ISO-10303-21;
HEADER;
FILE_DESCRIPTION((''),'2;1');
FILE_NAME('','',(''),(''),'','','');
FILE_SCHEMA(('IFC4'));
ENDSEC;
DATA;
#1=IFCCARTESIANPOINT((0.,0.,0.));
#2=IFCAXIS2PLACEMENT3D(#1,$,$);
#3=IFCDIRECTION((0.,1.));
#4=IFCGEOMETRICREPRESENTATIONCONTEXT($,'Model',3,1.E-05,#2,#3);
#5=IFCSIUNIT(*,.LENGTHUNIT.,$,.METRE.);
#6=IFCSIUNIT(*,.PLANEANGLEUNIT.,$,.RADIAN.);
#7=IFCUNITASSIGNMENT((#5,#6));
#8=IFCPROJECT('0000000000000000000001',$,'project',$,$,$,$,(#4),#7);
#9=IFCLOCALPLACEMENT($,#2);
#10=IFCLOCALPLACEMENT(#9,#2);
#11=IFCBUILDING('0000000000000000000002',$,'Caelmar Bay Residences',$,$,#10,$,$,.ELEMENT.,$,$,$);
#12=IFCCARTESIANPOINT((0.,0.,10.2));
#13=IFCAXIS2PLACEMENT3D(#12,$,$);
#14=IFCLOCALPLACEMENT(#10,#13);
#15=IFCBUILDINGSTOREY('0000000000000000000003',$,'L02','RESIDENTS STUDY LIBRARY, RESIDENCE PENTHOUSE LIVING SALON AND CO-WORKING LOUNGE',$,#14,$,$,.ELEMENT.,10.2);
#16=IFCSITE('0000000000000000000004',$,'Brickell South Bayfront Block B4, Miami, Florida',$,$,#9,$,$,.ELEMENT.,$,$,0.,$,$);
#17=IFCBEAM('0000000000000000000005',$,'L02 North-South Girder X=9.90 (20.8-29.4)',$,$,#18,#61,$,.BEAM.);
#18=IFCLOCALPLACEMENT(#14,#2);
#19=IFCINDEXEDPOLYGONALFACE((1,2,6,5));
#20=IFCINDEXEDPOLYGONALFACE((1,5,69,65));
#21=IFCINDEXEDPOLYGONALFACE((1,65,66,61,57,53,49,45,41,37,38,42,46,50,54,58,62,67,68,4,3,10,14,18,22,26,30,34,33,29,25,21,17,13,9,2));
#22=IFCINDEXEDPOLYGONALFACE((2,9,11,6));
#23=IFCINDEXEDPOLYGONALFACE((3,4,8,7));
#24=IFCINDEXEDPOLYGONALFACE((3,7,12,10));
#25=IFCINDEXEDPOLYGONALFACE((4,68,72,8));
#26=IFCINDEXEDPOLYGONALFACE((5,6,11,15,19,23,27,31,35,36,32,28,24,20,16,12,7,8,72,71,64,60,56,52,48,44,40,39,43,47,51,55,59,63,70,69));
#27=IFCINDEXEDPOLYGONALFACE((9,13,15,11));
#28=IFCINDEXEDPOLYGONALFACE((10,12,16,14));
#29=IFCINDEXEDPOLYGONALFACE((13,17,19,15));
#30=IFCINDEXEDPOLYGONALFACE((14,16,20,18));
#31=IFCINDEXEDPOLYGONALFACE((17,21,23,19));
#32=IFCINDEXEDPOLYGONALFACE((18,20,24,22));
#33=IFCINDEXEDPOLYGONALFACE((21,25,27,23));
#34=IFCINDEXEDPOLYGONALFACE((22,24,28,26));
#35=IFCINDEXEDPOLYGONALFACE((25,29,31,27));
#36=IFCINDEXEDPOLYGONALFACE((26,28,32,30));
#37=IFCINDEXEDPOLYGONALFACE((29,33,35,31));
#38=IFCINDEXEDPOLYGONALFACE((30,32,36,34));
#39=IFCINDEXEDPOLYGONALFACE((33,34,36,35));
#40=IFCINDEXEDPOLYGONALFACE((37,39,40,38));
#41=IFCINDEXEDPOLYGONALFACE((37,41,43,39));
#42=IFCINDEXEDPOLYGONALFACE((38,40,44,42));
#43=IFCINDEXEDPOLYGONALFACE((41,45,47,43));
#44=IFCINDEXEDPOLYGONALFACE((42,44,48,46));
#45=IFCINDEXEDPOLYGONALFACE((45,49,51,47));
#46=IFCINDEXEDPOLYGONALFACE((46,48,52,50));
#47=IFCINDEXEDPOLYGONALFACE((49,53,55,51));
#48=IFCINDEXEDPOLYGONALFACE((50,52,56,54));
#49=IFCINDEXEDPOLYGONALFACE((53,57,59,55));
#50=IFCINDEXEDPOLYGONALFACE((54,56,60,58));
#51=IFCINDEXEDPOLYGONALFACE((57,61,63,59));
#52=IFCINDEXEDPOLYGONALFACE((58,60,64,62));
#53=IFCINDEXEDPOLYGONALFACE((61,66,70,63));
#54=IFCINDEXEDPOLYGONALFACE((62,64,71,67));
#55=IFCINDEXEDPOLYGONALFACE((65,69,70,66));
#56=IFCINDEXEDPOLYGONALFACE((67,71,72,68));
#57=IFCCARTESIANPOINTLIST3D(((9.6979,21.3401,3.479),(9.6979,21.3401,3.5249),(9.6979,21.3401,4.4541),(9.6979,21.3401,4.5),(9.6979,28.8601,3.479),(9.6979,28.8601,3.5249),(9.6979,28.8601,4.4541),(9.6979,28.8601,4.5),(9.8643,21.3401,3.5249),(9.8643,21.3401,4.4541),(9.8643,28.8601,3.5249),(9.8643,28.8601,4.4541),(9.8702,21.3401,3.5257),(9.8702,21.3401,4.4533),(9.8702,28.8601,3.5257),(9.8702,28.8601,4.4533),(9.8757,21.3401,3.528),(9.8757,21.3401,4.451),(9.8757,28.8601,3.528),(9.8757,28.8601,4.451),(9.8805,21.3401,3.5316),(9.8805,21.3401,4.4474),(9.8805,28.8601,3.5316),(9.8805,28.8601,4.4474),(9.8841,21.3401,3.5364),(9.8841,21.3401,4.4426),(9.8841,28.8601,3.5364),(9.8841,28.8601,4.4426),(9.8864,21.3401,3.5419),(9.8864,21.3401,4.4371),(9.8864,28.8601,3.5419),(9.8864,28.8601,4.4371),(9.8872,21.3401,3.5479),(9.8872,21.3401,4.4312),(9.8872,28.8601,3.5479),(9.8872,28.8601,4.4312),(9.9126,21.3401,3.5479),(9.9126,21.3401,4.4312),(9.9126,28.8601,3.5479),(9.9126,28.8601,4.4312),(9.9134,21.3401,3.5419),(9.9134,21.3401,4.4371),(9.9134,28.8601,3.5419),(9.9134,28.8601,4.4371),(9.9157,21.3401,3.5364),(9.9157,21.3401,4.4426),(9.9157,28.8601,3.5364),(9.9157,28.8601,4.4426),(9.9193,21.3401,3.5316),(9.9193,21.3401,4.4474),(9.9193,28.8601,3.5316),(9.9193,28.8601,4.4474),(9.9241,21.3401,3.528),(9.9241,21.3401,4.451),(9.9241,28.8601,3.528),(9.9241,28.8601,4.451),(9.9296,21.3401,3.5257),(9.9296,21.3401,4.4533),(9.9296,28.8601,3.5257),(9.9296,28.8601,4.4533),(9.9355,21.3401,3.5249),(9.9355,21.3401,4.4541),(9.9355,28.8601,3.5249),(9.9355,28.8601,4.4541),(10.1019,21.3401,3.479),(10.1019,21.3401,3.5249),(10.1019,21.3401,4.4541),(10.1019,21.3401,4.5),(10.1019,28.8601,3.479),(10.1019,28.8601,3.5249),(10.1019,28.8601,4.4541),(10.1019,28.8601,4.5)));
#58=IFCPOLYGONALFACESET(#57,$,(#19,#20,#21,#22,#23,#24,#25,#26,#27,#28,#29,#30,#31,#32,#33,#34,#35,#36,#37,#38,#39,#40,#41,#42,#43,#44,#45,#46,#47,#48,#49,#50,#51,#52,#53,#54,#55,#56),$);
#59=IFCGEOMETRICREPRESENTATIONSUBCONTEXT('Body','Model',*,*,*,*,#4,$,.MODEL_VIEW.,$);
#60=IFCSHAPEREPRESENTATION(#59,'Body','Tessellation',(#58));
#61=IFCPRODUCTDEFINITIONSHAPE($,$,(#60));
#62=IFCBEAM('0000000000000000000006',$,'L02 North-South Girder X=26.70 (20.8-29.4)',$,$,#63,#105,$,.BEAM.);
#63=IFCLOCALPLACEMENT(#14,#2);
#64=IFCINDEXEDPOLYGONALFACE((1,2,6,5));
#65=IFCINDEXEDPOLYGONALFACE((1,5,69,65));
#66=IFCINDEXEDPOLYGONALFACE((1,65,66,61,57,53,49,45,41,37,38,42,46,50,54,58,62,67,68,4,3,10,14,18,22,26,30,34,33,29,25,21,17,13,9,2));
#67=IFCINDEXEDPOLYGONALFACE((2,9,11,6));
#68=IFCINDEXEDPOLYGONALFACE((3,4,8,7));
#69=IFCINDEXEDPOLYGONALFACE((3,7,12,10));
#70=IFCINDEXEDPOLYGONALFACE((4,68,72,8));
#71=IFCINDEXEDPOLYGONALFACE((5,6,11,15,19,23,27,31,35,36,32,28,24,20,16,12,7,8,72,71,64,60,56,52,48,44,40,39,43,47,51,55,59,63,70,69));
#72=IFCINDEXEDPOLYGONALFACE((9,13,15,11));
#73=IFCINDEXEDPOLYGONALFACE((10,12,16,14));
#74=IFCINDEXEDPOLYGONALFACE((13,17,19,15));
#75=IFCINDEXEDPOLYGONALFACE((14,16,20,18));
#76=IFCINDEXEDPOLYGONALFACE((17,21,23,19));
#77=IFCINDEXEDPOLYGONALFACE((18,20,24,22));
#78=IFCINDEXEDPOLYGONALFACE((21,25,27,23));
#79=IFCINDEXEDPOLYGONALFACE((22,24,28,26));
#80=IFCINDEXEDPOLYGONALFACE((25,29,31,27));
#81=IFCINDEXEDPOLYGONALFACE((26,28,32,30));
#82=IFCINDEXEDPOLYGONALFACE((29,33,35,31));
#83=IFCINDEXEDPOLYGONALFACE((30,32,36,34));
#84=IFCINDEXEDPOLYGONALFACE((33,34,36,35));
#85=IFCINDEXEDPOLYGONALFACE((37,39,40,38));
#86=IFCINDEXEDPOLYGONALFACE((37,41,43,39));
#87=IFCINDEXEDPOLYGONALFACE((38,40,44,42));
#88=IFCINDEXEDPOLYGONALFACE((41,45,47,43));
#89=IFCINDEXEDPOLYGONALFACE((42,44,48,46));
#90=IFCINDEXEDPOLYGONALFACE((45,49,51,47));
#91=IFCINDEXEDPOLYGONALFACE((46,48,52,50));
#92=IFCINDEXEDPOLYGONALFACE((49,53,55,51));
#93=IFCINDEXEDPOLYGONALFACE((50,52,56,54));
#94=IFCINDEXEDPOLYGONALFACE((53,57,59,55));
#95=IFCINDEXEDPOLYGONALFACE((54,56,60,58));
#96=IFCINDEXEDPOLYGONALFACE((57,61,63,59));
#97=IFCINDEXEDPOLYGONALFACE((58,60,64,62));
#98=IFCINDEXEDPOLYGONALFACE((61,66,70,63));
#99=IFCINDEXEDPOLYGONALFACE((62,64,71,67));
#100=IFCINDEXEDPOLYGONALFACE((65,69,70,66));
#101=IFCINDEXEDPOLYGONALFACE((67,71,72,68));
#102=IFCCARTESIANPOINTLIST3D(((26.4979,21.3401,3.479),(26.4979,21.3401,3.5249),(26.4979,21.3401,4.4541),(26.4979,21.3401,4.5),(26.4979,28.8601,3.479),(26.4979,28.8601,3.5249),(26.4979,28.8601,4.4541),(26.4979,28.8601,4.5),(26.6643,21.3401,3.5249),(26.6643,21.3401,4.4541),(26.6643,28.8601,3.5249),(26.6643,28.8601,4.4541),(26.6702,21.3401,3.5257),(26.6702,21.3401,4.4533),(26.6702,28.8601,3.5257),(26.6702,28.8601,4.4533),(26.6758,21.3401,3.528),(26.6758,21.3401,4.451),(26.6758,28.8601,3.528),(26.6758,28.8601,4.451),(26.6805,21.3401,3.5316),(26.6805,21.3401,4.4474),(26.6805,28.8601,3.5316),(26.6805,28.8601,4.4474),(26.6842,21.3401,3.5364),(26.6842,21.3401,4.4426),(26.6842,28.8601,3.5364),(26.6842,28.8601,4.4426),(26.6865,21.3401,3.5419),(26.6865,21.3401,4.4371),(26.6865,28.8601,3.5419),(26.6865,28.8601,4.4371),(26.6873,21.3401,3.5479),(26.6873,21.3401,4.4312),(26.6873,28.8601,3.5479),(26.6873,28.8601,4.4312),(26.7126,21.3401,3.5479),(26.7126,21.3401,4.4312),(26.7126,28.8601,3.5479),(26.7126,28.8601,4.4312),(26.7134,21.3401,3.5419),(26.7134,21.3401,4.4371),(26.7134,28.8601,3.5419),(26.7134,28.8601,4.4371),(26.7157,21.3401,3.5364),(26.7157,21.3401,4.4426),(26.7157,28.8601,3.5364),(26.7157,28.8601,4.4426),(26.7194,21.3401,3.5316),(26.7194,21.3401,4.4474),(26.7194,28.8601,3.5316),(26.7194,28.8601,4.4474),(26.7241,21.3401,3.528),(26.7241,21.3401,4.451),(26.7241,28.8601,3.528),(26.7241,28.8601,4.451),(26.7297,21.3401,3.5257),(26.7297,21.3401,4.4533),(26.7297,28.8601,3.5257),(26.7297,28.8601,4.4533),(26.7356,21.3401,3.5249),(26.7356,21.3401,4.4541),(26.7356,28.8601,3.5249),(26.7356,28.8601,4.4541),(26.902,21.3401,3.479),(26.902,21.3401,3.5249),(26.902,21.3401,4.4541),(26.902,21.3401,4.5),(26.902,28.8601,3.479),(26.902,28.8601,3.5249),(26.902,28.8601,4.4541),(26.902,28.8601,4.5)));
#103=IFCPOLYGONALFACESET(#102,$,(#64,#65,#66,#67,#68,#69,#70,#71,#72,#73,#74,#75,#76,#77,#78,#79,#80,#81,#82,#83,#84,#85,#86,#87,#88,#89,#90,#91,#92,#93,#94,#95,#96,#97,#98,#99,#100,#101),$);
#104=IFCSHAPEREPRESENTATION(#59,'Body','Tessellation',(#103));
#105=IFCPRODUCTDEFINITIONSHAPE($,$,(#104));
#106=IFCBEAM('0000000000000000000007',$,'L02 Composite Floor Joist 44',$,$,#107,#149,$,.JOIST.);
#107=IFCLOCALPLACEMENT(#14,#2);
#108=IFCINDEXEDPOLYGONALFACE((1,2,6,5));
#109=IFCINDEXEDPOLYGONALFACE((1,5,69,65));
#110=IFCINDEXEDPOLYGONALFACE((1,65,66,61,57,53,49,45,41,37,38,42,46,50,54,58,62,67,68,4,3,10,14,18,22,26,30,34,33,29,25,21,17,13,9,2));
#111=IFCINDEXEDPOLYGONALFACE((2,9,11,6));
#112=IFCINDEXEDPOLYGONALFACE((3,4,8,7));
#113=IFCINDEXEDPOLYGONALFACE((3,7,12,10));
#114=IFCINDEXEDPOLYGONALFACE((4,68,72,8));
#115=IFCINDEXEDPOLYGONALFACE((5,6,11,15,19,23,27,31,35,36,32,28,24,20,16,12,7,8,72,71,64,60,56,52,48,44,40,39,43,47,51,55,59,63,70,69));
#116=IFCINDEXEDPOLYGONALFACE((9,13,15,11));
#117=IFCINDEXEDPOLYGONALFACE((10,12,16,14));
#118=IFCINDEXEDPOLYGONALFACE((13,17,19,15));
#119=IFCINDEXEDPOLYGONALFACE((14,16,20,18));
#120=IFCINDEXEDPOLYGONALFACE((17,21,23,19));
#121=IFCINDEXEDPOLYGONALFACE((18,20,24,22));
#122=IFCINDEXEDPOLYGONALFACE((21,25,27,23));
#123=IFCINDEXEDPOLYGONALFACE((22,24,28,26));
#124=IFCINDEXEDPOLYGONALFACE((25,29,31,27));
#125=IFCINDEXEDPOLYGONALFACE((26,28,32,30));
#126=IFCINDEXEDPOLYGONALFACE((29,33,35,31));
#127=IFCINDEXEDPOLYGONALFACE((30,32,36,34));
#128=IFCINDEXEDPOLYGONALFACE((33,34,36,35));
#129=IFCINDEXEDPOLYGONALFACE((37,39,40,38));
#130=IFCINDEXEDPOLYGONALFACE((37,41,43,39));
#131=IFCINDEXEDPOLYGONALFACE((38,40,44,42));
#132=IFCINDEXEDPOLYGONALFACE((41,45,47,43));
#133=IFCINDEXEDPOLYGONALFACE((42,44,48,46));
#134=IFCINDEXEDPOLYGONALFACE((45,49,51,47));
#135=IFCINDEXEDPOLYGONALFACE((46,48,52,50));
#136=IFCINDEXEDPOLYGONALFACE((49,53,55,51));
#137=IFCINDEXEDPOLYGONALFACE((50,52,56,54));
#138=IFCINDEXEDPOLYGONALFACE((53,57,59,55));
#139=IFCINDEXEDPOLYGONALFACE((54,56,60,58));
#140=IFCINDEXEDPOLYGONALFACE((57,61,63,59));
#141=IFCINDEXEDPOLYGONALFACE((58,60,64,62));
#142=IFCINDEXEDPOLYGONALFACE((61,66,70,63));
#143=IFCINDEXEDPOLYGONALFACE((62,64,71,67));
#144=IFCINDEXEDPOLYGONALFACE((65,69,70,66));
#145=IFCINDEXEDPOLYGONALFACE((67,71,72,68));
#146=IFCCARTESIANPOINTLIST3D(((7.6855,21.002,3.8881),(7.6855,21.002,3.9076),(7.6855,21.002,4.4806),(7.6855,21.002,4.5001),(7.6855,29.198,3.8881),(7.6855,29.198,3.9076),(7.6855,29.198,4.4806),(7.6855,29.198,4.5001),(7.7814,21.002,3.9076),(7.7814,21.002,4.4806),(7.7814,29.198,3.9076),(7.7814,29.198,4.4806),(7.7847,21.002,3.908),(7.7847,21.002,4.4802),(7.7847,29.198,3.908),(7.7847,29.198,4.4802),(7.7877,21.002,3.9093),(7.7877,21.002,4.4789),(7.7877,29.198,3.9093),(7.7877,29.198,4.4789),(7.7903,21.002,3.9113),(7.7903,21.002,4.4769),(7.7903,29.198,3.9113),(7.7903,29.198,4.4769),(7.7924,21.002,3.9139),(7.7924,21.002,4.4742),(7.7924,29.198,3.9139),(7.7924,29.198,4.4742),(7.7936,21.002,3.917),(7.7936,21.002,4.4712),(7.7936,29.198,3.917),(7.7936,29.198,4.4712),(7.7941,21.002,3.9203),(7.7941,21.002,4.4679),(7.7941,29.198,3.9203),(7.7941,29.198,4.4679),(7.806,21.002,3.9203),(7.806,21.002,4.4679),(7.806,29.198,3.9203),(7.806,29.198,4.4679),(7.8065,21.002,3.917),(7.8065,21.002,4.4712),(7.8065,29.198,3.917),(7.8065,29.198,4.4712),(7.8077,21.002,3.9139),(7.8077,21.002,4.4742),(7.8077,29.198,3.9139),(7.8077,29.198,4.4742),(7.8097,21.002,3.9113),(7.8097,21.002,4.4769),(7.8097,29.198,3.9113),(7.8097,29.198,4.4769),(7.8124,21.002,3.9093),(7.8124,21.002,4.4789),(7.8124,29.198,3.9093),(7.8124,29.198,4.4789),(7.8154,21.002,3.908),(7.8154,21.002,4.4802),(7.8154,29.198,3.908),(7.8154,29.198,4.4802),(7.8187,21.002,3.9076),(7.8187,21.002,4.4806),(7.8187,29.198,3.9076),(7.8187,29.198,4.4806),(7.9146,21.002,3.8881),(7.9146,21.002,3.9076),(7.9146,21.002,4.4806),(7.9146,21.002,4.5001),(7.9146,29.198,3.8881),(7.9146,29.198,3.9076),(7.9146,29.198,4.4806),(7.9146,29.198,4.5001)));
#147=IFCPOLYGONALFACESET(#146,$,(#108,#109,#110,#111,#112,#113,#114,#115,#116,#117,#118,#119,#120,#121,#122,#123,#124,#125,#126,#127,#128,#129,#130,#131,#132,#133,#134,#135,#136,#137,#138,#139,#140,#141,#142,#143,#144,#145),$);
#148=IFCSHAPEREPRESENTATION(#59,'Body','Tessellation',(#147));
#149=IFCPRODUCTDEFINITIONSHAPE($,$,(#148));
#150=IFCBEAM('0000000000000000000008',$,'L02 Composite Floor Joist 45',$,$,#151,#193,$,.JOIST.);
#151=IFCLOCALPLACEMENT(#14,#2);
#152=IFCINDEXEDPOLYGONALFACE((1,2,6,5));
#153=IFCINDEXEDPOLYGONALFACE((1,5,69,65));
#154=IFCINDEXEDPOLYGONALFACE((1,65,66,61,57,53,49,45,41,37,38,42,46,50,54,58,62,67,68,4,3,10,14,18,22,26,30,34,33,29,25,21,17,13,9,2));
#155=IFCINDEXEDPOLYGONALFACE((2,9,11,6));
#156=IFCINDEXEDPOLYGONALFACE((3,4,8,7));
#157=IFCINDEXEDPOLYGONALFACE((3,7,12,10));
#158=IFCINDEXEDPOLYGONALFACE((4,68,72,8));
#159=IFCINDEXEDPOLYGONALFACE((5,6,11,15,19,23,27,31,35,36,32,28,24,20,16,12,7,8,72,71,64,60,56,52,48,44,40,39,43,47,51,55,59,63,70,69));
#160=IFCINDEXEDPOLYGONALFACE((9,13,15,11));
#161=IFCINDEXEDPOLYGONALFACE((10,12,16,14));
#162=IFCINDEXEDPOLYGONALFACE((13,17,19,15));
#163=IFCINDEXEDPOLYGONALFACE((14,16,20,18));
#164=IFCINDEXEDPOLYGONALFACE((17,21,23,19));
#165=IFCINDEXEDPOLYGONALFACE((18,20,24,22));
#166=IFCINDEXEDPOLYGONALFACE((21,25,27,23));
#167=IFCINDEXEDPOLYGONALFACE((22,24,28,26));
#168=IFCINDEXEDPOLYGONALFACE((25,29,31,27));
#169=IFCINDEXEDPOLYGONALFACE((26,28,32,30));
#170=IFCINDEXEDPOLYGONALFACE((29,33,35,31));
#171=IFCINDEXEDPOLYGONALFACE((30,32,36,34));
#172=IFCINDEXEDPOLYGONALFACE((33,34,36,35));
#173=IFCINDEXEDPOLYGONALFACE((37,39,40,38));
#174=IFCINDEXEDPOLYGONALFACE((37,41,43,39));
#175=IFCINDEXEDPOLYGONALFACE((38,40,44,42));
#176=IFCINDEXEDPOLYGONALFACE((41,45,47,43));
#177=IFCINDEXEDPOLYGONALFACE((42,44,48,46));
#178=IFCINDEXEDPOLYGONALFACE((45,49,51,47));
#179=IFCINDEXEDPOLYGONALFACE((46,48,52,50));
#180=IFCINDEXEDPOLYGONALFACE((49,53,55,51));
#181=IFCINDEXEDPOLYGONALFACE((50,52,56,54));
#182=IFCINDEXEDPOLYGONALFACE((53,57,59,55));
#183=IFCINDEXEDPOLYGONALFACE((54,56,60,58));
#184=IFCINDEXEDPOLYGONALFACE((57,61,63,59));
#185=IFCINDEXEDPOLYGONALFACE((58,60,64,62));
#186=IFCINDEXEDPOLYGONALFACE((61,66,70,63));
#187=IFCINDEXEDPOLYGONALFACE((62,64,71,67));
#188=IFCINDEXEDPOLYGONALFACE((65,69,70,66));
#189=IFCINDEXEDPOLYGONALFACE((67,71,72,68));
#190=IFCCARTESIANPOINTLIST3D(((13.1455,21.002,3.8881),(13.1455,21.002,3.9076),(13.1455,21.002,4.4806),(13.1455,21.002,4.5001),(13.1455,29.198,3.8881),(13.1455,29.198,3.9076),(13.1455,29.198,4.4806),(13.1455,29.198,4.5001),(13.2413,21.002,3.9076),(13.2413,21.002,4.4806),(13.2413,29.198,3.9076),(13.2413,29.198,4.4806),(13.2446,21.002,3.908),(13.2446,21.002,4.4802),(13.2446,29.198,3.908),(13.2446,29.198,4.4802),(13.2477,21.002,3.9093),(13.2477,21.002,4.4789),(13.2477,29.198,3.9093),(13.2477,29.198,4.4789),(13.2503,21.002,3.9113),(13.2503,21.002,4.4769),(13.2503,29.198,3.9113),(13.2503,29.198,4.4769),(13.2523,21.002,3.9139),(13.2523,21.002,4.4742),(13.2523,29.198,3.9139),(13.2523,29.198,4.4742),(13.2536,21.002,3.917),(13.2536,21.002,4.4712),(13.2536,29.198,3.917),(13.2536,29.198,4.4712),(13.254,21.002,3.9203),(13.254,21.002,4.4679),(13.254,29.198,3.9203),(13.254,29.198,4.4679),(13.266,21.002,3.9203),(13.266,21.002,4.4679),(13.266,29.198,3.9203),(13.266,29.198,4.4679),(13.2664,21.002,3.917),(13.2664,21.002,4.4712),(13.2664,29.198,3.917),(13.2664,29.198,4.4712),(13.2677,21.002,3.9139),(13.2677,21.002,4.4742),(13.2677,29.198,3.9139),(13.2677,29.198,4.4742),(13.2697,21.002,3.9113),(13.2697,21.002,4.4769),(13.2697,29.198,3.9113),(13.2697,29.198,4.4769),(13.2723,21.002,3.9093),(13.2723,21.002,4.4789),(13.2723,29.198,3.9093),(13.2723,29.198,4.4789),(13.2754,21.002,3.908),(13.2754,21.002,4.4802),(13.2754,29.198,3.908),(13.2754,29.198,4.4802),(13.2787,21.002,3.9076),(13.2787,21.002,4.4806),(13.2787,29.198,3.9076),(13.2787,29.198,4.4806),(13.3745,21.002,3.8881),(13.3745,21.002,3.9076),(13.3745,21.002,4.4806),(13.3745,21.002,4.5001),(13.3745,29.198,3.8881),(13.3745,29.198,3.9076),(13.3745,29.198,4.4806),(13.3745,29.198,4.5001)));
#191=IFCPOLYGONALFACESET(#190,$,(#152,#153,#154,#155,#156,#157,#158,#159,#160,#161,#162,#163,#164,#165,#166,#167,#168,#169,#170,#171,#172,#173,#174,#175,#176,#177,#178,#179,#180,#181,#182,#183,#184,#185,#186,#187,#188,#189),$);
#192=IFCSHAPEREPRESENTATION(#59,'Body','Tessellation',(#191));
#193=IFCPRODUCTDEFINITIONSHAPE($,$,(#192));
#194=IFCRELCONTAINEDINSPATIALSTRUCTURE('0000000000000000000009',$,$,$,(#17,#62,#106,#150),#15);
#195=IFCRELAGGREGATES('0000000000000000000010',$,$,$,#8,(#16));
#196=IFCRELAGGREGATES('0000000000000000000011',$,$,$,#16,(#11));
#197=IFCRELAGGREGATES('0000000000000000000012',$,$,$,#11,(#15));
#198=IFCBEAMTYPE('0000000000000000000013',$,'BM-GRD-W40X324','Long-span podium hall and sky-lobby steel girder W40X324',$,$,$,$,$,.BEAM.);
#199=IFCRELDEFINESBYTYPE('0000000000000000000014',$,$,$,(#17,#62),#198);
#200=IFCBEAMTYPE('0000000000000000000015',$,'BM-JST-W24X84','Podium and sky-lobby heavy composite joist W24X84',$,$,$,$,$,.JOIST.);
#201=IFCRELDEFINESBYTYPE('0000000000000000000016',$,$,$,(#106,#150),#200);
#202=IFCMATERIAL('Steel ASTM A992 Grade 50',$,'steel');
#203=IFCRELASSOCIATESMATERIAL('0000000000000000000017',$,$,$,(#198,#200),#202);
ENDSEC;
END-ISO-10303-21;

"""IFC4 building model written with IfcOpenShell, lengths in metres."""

from ifc_helpers import new_model, si_unit, direction, frame, origin, origin_2d, place, context, subcontext, project, spatial, i_section, extrude, material, material_profile, profile_set, type_object, element, save


model = new_model("IFC4")

# Units and contexts
model_context = context("Model", 3, precision=1e-05, world=origin(), true_north=direction((0.0, 1.0)))
body_context = subcontext(model_context, "Body", "Model", "MODEL_VIEW")
ifc_project = project(units=[si_unit("LENGTHUNIT", "METRE"), si_unit("PLANEANGLEUNIT", "RADIAN")], contexts=[model_context])

# Site, building, storey
site_placement = place(None, origin())
site = spatial("IfcSite", under=ifc_project, at=site_placement, Name="Brickell South Bayfront Block B4, Miami, Florida", CompositionType="ELEMENT", RefElevation=0.0)
building_placement = place(site_placement, origin())
building = spatial("IfcBuilding", under=site, at=building_placement, Name="Caelmar Bay Residences", CompositionType="ELEMENT")
storey_placement = place(building_placement, frame((0.0, 0.0, 10.2)))
storey = spatial("IfcBuildingStorey", under=building, at=storey_placement, Name="L02", Description="RESIDENTS STUDY LIBRARY, RESIDENCE PENTHOUSE LIVING SALON AND CO-WORKING LOUNGE", CompositionType="ELEMENT", Elevation=10.2)

# Beams
ifc_material_1 = material(Name="Steel ASTM A992 Grade 50", Category="steel")
ifc_material_profile_1 = material_profile(ifc_material_1, i_section(OverallWidth=0.4041, OverallDepth=1.021, WebThickness=0.0254, FlangeThickness=0.0459, FilletRadius=0.0229, at=origin_2d()), Name="W40X324")
ifc_profile_set_1 = profile_set([ifc_material_profile_1], Name="Steel ASTM A992 Grade 50")
beam_type_1 = type_object("IfcBeamType", Name="BM-GRD-W40X324", Description="Long-span podium hall and sky-lobby steel girder W40X324", PredefinedType="BEAM", material=ifc_profile_set_1)
for number, where, z_axis, x_axis, name in (
    (1, (9.8999, 21.3401, 3.9895), (0.0, 1.0, 0.0), (-1.0, 0.0, 0.0), "L02 North-South Girder X=9.90 (20.8-29.4)"),
    (2, (26.7, 21.3401, 3.9895), (0.0, 1.0, 0.0), (-1.0, 0.0, 0.0), "L02 North-South Girder X=26.70 (20.8-29.4)"),
):
    element("IfcBeam", number, at=place(storey_placement, frame(where, z_axis=z_axis, x_axis=x_axis)), inside=storey, type_object=beam_type_1, Name=name, PredefinedType="BEAM", context=body_context, shape_type="SweptSolid", body=[
        extrude(i_section(OverallWidth=0.4041, OverallDepth=1.021, WebThickness=0.0254, FlangeThickness=0.0459, FilletRadius=0.0229, at=origin_2d()), origin(), (0.0, 0.0, 1.0), 7.52),
    ])
ifc_material_profile_2 = material_profile(ifc_material_1, i_section(OverallWidth=0.229, OverallDepth=0.6121, WebThickness=0.012, FlangeThickness=0.0195, FilletRadius=0.0127, at=origin_2d()), Name="W24X84")
ifc_profile_set_2 = profile_set([ifc_material_profile_2], Name="Steel ASTM A992 Grade 50")
beam_type_2 = type_object("IfcBeamType", Name="BM-JST-W24X84", Description="Podium and sky-lobby heavy composite joist W24X84", PredefinedType="JOIST", material=ifc_profile_set_2)
for number, where, z_axis, x_axis, name in (
    (3, (7.8, 21.002, 4.1941), (0.0, 1.0, 0.0), (-1.0, 0.0, 0.0), "L02 Composite Floor Joist 44"),
    (4, (13.26, 21.002, 4.1941), (0.0, 1.0, 0.0), (-1.0, 0.0, 0.0), "L02 Composite Floor Joist 45"),
):
    element("IfcBeam", number, at=place(storey_placement, frame(where, z_axis=z_axis, x_axis=x_axis)), inside=storey, type_object=beam_type_2, Name=name, PredefinedType="JOIST", context=body_context, shape_type="SweptSolid", body=[
        extrude(i_section(OverallWidth=0.229, OverallDepth=0.6121, WebThickness=0.012, FlangeThickness=0.0195, FilletRadius=0.0127, at=origin_2d()), origin(), (0.0, 0.0, 1.0), 8.196),
    ])

save(model, "model.ifc")
